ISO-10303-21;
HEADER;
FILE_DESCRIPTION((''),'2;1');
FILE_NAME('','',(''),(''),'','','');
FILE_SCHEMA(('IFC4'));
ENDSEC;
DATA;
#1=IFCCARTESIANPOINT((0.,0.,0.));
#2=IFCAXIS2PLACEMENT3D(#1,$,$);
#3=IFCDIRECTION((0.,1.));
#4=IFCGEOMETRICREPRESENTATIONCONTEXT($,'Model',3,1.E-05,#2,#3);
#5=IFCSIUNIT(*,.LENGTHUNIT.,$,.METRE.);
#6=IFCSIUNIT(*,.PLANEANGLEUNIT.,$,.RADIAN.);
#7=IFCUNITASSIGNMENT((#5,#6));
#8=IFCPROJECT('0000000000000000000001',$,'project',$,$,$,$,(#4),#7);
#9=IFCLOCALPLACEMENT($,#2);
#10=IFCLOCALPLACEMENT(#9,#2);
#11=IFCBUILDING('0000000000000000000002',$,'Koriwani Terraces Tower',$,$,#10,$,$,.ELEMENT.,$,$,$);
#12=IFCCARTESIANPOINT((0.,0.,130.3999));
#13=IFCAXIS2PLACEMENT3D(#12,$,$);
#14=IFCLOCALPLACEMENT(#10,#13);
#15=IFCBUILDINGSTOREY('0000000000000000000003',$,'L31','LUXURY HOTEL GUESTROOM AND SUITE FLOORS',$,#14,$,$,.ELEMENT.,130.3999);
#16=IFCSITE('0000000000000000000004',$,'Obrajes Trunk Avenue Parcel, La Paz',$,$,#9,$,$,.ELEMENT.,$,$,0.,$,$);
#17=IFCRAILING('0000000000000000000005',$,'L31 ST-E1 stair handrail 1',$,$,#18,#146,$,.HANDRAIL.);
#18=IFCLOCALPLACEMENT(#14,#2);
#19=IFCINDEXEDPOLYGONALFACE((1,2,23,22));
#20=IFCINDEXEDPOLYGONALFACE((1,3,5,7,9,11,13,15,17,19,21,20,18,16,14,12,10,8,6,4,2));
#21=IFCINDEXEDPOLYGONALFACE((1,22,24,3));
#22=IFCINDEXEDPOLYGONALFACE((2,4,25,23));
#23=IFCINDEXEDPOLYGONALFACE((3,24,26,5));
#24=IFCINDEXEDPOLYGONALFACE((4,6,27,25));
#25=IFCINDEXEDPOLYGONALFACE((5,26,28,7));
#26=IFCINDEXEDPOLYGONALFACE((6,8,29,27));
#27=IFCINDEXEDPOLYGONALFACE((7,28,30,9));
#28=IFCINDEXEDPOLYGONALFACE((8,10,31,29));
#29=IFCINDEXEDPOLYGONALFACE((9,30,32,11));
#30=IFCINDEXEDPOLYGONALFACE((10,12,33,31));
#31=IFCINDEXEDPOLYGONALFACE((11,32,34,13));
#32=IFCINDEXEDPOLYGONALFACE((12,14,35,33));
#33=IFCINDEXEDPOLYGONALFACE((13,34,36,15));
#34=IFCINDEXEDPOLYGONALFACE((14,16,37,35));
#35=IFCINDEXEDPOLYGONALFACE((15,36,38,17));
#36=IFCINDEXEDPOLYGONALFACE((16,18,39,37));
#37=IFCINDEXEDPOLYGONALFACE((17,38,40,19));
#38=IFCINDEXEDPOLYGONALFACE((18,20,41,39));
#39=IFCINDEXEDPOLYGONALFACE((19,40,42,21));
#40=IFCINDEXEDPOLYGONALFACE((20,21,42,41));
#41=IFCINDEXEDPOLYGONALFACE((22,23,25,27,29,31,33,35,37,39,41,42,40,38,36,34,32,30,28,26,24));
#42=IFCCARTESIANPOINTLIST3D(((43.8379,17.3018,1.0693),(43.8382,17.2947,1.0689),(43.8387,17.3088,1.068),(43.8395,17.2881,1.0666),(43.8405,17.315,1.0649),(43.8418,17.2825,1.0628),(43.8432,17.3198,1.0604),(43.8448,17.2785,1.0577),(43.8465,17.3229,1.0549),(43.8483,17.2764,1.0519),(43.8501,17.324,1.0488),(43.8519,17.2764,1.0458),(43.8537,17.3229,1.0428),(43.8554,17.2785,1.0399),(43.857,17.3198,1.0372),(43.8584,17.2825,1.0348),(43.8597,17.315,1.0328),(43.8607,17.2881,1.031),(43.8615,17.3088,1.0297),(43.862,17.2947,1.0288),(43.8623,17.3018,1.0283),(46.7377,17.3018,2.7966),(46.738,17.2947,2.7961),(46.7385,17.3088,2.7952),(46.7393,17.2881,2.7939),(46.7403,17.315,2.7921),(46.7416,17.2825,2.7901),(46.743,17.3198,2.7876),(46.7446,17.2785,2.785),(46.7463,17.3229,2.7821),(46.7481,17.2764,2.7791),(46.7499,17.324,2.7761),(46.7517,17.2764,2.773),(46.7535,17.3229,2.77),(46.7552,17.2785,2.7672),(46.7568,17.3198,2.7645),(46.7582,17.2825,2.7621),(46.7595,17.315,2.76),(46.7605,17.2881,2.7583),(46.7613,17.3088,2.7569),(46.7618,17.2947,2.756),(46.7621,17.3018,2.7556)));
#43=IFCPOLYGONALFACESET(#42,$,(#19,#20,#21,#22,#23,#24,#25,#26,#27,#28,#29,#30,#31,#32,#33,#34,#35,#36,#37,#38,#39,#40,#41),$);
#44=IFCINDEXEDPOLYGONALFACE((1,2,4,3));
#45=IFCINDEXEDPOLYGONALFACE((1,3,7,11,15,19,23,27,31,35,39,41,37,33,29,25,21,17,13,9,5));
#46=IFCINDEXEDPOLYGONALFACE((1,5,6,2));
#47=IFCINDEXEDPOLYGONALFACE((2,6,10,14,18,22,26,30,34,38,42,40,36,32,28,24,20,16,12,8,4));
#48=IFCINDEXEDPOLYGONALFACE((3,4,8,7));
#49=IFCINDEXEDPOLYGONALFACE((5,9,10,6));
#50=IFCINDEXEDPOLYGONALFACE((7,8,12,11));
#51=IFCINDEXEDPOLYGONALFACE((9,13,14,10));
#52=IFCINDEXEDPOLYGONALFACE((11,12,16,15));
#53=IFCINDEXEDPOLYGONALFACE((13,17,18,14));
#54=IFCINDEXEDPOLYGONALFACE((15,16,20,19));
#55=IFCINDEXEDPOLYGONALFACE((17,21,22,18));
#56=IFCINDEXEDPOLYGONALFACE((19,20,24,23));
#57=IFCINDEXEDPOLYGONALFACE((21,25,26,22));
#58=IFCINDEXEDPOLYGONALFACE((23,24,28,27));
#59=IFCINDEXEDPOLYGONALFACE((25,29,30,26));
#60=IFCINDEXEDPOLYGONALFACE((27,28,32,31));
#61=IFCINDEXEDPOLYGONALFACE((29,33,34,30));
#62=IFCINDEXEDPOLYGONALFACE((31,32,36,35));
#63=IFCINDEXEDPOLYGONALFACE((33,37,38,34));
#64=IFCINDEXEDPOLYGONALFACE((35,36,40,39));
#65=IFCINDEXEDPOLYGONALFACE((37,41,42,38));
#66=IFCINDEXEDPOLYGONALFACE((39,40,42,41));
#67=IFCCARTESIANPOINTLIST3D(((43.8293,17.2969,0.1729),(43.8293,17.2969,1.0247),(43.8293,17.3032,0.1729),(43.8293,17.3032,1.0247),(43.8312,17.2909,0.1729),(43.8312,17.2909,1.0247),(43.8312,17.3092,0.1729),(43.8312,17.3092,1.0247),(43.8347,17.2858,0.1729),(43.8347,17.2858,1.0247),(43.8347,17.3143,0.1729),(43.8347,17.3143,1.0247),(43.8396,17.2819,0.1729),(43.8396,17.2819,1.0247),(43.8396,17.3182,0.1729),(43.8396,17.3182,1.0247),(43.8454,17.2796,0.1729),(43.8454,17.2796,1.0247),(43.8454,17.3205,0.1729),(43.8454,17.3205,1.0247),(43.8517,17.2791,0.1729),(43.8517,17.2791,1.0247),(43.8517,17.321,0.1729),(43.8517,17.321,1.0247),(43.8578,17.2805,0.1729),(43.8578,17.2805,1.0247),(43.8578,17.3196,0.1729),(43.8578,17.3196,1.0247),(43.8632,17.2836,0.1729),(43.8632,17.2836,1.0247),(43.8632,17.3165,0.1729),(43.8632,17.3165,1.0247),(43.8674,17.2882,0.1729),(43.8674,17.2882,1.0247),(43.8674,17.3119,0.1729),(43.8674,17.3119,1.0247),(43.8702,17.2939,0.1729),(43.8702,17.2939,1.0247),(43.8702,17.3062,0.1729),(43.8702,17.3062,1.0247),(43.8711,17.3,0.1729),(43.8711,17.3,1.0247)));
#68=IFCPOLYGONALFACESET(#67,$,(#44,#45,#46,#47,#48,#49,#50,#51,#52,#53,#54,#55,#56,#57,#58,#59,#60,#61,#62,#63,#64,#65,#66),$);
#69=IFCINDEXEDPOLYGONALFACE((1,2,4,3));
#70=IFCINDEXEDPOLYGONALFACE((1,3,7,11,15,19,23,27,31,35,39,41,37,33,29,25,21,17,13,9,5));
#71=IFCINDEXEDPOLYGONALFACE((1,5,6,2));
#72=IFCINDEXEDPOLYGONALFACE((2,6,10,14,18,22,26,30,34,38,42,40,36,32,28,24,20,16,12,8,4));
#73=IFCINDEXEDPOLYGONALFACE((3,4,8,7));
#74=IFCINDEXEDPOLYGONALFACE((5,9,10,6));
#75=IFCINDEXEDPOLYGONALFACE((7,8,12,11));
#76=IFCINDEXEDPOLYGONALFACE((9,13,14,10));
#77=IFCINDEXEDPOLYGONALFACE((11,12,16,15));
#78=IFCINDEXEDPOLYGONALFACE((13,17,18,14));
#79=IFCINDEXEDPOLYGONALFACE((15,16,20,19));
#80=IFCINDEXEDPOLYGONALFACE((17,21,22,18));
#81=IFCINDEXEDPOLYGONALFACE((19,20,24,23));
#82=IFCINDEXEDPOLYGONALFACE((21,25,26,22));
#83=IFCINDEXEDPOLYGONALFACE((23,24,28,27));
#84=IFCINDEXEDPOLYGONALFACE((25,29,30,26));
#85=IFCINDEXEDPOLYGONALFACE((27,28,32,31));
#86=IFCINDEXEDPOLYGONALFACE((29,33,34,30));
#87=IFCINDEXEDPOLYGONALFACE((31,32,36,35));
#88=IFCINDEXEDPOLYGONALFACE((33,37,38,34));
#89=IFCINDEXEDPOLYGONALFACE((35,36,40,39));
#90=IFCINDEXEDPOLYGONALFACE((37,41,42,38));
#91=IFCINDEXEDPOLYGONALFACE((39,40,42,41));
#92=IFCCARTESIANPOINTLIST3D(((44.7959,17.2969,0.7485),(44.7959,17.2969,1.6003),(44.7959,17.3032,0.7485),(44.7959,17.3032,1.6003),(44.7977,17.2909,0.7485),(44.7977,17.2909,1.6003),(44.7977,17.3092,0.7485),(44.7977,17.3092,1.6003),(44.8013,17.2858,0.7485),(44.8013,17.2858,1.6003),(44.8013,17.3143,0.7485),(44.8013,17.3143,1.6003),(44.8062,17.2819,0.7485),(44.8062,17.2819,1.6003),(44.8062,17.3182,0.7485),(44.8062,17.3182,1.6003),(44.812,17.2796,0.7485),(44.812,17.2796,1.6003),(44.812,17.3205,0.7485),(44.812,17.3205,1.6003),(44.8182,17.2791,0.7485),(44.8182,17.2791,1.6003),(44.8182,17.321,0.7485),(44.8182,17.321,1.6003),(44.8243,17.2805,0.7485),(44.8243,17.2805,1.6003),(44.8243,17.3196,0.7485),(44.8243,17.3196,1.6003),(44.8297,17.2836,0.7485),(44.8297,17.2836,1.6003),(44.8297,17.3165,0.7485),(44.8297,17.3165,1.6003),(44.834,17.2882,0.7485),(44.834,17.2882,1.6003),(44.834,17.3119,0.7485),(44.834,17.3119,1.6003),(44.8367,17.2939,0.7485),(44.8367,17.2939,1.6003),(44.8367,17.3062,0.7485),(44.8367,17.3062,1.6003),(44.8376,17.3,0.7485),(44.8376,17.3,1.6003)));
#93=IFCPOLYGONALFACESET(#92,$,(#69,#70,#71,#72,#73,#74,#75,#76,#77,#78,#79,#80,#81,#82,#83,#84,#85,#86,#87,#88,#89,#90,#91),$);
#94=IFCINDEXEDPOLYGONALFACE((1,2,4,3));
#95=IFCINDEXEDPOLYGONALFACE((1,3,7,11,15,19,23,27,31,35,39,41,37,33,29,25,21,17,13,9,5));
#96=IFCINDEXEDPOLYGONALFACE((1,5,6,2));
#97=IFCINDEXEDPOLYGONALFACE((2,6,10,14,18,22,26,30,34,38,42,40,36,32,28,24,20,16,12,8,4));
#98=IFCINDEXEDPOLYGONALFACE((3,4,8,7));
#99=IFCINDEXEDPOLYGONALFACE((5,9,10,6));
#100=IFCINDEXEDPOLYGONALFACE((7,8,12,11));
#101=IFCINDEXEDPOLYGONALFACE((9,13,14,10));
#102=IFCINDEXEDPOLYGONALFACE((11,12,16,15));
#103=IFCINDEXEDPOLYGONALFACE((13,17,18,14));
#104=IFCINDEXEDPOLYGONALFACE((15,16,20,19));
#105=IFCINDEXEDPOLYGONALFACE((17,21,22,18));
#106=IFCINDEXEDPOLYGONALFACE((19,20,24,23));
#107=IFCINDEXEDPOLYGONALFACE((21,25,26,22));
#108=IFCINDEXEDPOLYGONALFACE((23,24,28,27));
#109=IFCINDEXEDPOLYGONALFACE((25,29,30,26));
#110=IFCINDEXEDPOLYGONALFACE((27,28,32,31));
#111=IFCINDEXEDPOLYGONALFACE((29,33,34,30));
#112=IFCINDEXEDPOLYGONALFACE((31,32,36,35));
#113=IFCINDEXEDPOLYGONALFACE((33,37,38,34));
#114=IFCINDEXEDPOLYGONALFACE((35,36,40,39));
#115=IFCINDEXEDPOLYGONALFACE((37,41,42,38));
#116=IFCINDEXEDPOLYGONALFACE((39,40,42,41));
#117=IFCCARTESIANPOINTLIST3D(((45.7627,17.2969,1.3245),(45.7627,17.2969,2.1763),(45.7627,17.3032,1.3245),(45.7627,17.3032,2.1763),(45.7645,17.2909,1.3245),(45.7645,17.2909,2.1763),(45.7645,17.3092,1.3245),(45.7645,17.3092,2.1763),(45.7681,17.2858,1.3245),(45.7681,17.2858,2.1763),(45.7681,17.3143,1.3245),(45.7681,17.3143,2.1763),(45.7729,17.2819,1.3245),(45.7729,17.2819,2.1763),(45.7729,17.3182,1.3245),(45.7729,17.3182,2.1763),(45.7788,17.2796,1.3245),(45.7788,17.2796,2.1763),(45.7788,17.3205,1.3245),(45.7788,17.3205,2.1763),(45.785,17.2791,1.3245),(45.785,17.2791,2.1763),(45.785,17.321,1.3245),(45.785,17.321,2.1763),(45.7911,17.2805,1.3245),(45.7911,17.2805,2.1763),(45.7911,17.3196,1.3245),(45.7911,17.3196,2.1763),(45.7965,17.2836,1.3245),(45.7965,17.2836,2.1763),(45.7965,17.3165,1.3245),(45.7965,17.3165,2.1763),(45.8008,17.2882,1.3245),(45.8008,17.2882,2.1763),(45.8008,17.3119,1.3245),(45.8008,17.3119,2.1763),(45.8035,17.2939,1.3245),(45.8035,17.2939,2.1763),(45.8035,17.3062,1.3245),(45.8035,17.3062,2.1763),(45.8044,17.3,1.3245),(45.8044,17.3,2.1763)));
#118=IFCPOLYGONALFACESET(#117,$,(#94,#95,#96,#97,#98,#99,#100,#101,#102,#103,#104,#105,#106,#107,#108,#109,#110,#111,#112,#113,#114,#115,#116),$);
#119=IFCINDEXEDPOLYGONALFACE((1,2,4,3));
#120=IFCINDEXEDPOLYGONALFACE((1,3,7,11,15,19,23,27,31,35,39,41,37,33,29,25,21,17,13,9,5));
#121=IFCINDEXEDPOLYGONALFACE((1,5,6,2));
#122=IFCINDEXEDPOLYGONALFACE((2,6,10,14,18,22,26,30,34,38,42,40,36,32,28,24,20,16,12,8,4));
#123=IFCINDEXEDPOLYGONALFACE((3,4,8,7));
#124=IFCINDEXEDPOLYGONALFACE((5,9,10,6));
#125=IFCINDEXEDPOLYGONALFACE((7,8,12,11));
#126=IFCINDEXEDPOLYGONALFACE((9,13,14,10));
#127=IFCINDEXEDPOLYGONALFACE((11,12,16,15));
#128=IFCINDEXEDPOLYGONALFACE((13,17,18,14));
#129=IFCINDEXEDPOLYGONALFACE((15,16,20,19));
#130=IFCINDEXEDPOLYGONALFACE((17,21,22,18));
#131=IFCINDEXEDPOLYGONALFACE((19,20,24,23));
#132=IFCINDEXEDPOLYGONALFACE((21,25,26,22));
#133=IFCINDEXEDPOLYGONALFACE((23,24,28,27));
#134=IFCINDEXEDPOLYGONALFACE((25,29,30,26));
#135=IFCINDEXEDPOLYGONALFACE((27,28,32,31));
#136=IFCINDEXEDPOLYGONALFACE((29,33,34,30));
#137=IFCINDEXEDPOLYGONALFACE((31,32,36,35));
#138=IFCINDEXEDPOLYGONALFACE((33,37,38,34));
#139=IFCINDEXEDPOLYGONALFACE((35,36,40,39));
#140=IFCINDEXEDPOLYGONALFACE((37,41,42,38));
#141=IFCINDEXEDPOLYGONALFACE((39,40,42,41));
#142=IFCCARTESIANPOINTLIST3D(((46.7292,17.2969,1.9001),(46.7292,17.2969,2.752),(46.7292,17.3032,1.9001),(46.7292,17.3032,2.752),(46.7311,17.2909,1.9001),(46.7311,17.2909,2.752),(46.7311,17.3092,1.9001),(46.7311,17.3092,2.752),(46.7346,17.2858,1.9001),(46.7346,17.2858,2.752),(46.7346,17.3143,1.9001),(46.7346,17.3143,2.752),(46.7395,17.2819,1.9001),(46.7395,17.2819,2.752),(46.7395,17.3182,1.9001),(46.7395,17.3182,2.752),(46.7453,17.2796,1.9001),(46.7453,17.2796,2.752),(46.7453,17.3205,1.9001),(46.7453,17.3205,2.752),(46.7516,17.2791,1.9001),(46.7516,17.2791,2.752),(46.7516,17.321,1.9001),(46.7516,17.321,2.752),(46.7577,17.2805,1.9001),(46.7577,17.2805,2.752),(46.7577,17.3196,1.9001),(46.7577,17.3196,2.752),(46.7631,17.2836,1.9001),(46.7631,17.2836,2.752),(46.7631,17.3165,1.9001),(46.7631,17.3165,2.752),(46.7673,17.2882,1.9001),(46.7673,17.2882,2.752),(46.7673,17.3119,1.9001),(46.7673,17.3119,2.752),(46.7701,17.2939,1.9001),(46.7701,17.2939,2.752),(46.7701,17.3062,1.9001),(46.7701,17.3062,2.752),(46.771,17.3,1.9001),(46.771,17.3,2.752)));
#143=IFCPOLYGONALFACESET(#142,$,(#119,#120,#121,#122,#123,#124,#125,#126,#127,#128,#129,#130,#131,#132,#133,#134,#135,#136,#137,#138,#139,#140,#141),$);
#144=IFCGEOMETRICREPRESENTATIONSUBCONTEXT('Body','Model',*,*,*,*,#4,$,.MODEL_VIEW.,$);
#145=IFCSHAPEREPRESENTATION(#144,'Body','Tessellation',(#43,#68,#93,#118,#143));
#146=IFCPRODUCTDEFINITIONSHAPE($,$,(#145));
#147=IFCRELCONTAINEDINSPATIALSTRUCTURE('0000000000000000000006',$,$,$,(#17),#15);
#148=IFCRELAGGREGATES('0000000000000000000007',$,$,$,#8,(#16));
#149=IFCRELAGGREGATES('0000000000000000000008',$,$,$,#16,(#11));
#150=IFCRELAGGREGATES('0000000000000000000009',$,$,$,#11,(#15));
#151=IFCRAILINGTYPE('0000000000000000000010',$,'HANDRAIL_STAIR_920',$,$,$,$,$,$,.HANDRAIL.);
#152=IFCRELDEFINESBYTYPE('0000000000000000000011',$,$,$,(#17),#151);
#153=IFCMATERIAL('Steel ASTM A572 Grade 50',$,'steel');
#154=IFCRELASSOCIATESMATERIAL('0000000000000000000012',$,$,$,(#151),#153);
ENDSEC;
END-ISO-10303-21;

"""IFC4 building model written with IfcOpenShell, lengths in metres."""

from ifc_helpers import new_model, si_unit, direction, frame, origin, origin_2d, place, context, subcontext, project, spatial, circle, extrude, material, type_object, element, save


model = new_model("IFC4")

# Units and contexts
model_context = context("Model", 3, precision=1e-05, world=origin(), true_north=direction((0.0, 1.0)))
body_context = subcontext(model_context, "Body", "Model", "MODEL_VIEW")
ifc_project = project(units=[si_unit("LENGTHUNIT", "METRE"), si_unit("PLANEANGLEUNIT", "RADIAN")], contexts=[model_context])

# Site, building, storey
site_placement = place(None, origin())
site = spatial("IfcSite", under=ifc_project, at=site_placement, Name="Obrajes Trunk Avenue Parcel, La Paz", CompositionType="ELEMENT", RefElevation=0.0)
building_placement = place(site_placement, origin())
building = spatial("IfcBuilding", under=site, at=building_placement, Name="Koriwani Terraces Tower", CompositionType="ELEMENT")
storey_placement = place(building_placement, frame((0.0, 0.0, 130.3999)))
storey = spatial("IfcBuildingStorey", under=building, at=storey_placement, Name="L31", Description="LUXURY HOTEL GUESTROOM AND SUITE FLOORS", CompositionType="ELEMENT", Elevation=130.3999)

# Shared definitions
ifc_material_1 = material(Name="Steel ASTM A572 Grade 50", Category="steel")

# Railing
railing_type = type_object("IfcRailingType", Name="HANDRAIL_STAIR_920", PredefinedType="HANDRAIL", material=ifc_material_1)
railing_placement = place(storey_placement, frame((43.8501, 17.3, 0.1729)))
element("IfcRailing", 1, at=railing_placement, inside=storey, type_object=railing_type, Name="L31 ST-E1 stair handrail 1", PredefinedType="HANDRAIL", context=body_context, shape_type="SweptSolid", body=[
    extrude(circle(Radius=0.0239, at=origin_2d()), frame((0.0, 0.0, 0.876), z_axis=(0.859141, 0.0, 0.511738), x_axis=(0.0, 1.0, 0.0)), (0.0, 0.0, 1.0), 3.3752),
    extrude(circle(Radius=0.021, at=origin_2d()), origin(), (0.0, 0.0, 1.0), 0.8518),
    extrude(circle(Radius=0.021, at=origin_2d()), frame((0.9666, 0.0, 0.5757)), (0.0, 0.0, 1.0), 0.8518),
    extrude(circle(Radius=0.021, at=origin_2d()), frame((1.9333, 0.0, 1.1516)), (0.0, 0.0, 1.0), 0.8518),
    extrude(circle(Radius=0.021, at=origin_2d()), frame((2.8999, 0.0, 1.7273)), (0.0, 0.0, 1.0), 0.8518),
])

save(model, "model.ifc")
